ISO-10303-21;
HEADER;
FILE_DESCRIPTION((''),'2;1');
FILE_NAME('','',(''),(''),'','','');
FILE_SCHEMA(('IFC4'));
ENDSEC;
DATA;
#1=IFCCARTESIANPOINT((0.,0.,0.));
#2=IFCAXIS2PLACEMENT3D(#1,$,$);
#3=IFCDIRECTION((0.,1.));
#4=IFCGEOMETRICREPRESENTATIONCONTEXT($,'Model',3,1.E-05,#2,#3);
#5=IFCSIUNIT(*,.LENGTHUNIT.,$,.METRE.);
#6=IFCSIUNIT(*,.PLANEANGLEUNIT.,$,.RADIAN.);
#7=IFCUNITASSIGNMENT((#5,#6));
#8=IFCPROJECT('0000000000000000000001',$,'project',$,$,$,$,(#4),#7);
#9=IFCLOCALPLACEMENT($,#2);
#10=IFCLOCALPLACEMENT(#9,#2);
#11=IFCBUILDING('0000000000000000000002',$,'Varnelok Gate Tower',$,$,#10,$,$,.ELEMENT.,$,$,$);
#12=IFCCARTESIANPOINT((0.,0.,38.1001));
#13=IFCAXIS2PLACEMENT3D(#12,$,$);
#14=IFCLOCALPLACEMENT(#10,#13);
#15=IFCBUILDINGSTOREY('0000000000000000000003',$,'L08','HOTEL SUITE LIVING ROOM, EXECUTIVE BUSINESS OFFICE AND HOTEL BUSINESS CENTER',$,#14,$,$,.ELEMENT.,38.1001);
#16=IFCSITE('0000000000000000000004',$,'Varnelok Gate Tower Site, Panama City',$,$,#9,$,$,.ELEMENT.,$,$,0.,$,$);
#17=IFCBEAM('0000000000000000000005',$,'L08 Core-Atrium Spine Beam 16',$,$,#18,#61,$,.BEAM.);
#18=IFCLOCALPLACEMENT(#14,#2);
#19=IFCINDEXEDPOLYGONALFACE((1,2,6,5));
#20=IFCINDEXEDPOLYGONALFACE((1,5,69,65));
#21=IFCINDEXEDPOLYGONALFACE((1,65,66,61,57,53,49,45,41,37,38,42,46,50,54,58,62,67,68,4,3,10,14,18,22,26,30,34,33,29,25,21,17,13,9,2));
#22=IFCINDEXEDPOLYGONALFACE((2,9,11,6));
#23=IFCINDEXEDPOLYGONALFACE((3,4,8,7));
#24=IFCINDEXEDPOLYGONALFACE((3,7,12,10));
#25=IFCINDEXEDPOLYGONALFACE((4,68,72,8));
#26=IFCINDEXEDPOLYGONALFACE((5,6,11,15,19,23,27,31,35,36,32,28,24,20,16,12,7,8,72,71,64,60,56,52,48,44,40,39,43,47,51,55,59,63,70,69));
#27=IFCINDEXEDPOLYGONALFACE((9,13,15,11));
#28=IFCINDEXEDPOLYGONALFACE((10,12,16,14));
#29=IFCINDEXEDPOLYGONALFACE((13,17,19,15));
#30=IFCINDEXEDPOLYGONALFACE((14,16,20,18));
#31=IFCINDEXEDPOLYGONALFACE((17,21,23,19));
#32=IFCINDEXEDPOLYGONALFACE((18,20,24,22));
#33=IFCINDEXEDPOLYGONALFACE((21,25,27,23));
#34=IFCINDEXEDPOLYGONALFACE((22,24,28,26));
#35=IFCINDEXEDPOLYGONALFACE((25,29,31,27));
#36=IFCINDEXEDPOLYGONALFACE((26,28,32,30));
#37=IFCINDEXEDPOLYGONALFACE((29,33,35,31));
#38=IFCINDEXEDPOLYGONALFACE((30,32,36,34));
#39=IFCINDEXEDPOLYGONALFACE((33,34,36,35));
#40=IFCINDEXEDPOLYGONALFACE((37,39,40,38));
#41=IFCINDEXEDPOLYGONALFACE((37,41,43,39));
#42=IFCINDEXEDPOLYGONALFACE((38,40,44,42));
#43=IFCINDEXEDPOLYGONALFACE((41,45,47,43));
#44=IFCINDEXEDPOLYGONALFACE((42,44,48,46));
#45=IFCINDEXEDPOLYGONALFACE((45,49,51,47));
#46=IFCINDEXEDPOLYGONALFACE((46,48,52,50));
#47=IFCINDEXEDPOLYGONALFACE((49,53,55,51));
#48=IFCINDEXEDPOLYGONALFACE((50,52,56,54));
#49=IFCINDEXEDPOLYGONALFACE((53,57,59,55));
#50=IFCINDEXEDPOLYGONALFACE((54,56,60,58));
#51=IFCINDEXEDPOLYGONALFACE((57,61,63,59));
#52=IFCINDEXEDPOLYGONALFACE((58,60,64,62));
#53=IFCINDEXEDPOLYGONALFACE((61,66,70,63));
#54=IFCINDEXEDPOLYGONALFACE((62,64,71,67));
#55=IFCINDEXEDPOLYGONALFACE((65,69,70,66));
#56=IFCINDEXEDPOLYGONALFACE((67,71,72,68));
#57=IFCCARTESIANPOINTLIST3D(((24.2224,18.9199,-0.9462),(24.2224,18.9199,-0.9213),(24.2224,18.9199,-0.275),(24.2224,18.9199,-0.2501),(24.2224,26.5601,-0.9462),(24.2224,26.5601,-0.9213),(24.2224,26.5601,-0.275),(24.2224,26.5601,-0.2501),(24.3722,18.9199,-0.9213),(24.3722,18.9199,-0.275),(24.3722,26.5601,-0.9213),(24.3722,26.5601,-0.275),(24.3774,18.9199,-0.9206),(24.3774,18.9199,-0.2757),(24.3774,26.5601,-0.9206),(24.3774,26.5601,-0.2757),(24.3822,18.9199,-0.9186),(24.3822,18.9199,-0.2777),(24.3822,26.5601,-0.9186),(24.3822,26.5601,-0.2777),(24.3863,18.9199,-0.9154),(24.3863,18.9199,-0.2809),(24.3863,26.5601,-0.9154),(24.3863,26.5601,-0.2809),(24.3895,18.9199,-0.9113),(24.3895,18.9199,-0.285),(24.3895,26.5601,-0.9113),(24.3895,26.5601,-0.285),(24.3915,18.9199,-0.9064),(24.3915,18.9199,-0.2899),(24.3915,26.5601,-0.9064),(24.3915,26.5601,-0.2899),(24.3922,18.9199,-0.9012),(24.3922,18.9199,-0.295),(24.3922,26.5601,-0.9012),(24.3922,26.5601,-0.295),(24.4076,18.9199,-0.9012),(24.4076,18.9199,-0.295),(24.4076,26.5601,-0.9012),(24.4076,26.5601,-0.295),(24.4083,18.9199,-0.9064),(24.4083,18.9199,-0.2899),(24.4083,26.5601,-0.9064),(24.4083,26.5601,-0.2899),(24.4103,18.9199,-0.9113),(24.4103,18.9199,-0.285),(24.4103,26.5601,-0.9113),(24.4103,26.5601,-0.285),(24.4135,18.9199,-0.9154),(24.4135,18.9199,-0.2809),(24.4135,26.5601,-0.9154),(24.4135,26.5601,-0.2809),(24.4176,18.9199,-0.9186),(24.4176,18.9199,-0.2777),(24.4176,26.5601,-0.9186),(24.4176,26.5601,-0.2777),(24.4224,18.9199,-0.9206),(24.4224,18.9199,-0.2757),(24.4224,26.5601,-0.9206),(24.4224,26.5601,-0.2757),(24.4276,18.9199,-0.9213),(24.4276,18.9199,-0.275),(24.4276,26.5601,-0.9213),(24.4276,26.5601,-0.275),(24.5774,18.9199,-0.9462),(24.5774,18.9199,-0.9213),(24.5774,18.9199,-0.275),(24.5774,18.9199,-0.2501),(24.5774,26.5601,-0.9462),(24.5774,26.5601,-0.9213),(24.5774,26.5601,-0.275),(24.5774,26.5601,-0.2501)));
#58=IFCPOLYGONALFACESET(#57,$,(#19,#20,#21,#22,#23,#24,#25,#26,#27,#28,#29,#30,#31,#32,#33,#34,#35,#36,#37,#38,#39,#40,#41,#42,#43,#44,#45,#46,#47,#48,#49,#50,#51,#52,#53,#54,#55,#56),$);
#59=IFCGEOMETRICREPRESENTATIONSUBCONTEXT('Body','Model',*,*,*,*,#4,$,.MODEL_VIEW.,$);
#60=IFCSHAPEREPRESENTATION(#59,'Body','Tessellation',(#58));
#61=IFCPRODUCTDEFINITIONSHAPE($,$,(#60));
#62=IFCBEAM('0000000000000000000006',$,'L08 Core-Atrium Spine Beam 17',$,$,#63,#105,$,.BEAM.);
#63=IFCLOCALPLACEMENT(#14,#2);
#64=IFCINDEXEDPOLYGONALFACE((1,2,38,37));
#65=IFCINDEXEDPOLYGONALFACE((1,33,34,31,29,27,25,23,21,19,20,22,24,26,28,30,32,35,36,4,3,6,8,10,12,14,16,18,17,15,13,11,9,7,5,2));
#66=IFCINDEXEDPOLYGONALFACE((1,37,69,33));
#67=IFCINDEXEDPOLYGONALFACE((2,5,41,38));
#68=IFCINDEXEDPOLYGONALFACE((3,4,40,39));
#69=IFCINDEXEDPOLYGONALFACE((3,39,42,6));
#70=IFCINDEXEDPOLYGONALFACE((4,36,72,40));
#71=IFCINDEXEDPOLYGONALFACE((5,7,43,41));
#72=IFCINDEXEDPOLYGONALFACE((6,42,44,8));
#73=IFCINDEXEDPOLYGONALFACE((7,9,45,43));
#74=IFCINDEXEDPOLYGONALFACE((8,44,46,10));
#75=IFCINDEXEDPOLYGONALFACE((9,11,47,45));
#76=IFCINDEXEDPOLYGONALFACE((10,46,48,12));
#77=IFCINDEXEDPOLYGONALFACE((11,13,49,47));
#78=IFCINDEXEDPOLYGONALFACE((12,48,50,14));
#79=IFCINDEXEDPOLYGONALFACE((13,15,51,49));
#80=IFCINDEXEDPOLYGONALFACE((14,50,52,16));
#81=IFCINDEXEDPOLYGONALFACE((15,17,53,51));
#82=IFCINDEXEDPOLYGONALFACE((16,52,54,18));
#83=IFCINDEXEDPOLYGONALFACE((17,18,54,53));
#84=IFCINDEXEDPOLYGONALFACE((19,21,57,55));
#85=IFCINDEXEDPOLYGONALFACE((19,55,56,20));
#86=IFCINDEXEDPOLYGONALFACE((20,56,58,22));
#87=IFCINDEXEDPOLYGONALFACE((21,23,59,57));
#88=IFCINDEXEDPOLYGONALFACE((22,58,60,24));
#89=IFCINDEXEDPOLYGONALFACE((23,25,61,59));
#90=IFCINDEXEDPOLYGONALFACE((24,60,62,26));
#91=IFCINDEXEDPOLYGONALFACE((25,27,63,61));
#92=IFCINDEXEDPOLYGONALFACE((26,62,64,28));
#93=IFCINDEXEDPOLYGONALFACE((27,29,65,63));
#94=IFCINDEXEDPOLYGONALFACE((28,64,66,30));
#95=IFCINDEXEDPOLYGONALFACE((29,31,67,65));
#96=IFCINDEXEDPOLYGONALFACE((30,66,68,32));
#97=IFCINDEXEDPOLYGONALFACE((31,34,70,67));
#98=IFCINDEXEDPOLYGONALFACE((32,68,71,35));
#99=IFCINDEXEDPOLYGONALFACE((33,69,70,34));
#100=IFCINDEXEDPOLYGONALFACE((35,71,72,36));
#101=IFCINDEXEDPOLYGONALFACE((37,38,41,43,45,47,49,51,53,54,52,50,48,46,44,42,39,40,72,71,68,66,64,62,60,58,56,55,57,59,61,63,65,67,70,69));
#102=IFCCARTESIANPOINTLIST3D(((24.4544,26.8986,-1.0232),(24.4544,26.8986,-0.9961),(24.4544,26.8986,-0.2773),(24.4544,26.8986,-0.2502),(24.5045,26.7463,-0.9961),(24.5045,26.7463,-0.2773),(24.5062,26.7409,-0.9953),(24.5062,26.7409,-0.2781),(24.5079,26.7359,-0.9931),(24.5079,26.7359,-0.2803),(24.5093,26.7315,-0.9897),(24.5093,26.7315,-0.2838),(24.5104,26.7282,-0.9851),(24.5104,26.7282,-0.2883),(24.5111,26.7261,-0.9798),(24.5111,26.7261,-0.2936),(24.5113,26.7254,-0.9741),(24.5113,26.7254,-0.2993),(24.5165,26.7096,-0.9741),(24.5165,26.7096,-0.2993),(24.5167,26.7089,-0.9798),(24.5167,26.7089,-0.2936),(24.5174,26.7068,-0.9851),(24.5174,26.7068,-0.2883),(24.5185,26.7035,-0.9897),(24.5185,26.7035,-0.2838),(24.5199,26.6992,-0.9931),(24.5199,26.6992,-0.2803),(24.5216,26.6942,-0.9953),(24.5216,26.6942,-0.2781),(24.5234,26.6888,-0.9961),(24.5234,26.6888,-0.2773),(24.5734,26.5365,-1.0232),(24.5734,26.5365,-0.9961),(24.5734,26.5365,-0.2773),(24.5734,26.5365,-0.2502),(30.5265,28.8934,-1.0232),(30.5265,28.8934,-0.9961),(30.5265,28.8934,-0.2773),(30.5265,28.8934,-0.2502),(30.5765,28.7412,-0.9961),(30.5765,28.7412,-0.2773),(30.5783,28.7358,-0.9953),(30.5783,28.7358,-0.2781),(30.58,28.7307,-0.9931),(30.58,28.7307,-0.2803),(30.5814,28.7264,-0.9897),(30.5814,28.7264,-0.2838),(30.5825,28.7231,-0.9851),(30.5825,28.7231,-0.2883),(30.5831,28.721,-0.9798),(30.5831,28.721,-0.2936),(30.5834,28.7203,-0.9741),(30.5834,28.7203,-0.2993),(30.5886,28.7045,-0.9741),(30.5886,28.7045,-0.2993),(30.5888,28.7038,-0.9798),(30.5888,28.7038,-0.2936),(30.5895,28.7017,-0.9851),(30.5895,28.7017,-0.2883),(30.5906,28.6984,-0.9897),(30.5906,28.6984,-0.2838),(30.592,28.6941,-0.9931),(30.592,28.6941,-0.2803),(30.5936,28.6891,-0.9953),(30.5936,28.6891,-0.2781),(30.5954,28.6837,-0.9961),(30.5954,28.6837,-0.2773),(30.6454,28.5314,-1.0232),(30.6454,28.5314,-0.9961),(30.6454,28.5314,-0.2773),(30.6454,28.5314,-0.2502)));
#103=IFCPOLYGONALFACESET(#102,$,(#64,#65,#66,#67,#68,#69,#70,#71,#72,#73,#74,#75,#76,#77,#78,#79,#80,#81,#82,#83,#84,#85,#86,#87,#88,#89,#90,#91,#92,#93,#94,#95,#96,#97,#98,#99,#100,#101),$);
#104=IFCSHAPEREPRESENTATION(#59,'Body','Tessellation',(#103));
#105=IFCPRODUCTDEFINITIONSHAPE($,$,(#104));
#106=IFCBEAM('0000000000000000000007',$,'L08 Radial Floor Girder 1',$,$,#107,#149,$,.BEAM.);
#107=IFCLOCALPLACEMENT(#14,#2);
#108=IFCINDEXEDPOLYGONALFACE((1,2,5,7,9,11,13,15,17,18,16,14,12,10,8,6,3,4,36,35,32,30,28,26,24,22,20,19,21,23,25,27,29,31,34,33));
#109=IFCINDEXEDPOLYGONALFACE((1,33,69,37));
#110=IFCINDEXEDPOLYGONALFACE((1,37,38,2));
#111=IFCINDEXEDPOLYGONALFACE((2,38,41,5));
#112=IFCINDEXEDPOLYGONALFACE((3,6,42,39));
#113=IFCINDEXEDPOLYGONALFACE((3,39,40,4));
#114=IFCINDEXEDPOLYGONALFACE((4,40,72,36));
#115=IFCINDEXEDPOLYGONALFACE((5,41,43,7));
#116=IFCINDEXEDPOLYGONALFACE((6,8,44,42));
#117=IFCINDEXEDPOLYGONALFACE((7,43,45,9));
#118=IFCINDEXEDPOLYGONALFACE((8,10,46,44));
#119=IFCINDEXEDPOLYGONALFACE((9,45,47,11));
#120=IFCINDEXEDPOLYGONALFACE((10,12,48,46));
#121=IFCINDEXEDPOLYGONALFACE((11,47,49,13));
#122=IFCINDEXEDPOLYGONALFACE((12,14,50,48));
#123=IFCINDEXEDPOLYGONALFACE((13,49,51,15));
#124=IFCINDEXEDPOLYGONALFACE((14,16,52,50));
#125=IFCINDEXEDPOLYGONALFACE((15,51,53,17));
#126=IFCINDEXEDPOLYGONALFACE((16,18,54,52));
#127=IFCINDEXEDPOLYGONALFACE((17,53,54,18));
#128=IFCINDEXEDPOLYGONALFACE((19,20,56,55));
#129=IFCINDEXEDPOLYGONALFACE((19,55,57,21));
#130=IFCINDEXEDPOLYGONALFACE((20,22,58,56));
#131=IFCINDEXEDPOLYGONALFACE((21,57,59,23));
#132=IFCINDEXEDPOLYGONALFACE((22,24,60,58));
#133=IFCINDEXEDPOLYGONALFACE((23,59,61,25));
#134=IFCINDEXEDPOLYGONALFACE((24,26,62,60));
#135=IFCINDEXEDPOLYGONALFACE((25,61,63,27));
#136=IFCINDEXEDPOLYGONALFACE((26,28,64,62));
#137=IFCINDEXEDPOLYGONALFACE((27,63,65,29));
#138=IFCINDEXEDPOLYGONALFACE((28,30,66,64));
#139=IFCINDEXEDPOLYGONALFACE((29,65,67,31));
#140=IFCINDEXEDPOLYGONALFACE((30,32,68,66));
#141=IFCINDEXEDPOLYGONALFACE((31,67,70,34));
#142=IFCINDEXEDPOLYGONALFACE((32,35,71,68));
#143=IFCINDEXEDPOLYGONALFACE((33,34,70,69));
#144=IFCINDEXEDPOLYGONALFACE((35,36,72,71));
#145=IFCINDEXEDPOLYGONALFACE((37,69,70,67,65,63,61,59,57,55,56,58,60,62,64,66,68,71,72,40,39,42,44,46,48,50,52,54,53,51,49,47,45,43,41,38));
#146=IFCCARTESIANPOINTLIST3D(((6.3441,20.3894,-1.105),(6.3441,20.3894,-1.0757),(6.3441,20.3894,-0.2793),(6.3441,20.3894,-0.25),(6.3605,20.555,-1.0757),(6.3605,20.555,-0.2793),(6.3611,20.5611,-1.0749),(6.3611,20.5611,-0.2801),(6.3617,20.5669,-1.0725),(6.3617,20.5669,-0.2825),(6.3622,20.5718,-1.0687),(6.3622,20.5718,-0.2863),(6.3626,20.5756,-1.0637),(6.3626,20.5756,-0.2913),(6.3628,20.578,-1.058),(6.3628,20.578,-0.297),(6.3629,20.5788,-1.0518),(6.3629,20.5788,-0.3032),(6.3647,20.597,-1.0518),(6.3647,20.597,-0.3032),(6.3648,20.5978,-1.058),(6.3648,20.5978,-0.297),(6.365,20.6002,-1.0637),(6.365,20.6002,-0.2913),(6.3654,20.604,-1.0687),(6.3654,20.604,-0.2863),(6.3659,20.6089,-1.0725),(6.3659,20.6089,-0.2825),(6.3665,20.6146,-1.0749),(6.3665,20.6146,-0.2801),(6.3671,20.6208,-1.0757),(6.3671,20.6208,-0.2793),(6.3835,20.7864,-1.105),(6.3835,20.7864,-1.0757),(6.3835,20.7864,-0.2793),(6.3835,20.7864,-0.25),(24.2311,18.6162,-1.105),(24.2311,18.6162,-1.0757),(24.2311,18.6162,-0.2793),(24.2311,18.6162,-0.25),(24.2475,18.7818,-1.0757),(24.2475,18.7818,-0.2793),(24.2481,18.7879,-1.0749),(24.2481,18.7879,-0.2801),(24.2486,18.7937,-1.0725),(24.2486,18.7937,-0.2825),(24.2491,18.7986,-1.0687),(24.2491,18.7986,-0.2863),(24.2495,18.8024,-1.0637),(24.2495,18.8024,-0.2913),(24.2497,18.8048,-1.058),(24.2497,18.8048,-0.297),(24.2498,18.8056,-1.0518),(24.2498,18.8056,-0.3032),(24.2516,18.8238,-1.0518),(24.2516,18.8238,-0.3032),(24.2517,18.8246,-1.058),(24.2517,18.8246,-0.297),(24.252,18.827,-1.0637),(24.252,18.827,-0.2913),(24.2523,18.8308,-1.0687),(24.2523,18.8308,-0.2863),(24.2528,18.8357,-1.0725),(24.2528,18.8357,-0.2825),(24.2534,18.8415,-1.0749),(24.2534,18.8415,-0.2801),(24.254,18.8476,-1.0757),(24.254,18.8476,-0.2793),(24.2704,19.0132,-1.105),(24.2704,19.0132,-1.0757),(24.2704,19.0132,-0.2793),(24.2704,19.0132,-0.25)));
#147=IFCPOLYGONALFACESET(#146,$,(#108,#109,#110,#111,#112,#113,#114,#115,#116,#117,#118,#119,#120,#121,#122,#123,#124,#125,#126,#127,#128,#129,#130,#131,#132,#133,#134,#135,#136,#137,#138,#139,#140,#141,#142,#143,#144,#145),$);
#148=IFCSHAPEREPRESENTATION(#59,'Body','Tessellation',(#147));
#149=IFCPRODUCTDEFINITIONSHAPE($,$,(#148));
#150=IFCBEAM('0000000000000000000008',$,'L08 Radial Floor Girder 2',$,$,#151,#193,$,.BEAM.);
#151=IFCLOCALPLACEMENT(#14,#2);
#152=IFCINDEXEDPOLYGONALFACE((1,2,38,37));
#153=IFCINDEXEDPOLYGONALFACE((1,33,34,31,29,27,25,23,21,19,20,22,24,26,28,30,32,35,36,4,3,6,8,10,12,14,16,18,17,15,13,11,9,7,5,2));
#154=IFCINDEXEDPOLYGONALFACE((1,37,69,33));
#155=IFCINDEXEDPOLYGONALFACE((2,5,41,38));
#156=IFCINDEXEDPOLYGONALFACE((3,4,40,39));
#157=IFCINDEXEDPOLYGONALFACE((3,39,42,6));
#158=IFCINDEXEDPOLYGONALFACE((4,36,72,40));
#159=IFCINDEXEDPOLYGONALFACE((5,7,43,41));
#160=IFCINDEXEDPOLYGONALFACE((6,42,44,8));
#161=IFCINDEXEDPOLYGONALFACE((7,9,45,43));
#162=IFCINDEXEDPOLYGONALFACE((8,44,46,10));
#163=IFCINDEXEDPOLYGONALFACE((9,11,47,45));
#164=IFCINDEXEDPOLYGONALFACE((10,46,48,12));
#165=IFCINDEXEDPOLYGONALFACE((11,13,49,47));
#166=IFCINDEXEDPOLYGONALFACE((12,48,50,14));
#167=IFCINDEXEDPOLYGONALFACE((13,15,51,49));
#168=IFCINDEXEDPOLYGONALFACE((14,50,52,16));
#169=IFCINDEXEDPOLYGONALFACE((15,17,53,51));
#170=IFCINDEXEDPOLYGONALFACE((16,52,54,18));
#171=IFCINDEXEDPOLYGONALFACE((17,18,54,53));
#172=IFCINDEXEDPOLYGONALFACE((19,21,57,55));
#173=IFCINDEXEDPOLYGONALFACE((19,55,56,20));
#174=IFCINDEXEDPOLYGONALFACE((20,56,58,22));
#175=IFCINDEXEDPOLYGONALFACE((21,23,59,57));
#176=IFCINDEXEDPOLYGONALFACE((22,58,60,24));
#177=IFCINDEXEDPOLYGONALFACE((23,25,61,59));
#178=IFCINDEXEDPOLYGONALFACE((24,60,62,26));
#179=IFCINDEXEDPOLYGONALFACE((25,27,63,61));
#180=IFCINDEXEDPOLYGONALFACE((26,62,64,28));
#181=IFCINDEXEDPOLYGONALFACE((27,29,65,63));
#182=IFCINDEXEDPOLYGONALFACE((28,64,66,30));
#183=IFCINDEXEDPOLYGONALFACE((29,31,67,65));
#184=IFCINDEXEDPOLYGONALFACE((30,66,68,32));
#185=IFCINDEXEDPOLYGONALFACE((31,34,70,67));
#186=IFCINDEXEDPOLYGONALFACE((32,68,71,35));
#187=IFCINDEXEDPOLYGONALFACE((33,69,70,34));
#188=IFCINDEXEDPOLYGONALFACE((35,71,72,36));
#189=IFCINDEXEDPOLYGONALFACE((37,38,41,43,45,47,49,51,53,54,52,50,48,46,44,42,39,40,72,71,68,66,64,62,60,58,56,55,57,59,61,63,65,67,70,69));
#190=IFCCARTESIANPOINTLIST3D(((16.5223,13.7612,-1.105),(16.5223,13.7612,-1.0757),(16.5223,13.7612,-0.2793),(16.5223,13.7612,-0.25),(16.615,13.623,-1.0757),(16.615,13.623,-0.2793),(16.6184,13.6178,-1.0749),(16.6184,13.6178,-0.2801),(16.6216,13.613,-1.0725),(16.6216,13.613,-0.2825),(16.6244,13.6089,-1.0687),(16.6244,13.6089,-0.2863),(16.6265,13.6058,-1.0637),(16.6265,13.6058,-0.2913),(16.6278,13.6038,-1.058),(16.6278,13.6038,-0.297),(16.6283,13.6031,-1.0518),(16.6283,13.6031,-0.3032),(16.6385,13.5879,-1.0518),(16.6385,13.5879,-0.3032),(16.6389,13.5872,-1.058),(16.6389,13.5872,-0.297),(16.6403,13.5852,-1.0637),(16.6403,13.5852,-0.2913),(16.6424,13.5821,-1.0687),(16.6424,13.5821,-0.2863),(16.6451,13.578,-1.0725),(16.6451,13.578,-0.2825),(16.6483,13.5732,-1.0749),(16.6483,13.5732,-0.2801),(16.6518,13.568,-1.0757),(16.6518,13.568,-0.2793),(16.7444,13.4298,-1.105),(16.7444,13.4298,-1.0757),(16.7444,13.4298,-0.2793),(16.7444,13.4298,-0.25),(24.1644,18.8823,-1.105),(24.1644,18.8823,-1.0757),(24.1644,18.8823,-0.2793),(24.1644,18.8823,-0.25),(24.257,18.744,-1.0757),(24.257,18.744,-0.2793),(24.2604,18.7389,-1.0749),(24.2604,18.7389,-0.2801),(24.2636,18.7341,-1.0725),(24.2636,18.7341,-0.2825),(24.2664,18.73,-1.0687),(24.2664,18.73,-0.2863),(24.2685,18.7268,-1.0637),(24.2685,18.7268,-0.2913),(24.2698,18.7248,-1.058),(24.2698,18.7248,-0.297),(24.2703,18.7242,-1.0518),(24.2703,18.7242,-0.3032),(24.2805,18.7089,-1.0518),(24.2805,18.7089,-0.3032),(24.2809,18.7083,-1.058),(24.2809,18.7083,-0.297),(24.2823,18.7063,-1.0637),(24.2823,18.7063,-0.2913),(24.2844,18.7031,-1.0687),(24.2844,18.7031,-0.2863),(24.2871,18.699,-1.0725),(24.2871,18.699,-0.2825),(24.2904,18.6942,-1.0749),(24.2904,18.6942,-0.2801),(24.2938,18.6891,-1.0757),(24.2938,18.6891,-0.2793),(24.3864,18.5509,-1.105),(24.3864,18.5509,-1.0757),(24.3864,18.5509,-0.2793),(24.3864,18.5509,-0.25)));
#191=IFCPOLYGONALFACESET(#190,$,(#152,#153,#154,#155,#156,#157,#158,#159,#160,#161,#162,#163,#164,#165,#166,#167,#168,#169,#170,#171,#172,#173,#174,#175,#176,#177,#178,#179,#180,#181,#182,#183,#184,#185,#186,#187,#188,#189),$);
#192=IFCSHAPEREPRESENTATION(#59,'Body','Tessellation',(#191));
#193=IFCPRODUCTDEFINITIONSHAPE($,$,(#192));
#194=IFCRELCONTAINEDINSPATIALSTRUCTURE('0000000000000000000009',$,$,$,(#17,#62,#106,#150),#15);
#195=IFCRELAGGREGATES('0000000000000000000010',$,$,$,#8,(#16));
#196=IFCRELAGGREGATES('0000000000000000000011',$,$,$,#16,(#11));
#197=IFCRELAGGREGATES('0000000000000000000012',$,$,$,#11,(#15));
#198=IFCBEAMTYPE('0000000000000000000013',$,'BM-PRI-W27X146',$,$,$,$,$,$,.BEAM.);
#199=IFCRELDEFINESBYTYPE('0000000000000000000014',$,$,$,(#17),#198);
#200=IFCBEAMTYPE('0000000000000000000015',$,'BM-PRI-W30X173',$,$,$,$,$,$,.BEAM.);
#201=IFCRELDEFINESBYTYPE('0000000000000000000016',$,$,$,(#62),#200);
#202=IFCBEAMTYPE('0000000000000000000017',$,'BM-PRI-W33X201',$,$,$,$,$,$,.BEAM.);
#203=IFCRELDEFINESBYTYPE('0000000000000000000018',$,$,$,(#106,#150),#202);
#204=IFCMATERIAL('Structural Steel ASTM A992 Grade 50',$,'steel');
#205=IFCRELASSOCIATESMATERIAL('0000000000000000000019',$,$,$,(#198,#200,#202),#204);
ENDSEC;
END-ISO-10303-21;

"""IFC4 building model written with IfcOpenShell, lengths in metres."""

from ifc_helpers import new_model, si_unit, direction, frame, origin, origin_2d, place, context, subcontext, project, spatial, i_section, extrude, material, material_profile, profile_set, type_object, element, save


model = new_model("IFC4")

# Units and contexts
model_context = context("Model", 3, precision=1e-05, world=origin(), true_north=direction((0.0, 1.0)))
body_context = subcontext(model_context, "Body", "Model", "MODEL_VIEW")
ifc_project = project(units=[si_unit("LENGTHUNIT", "METRE"), si_unit("PLANEANGLEUNIT", "RADIAN")], contexts=[model_context])

# Site, building, storey
site_placement = place(None, origin())
site = spatial("IfcSite", under=ifc_project, at=site_placement, Name="Varnelok Gate Tower Site, Panama City", CompositionType="ELEMENT", RefElevation=0.0)
building_placement = place(site_placement, origin())
building = spatial("IfcBuilding", under=site, at=building_placement, Name="Varnelok Gate Tower", CompositionType="ELEMENT")
storey_placement = place(building_placement, frame((0.0, 0.0, 38.1001)))
storey = spatial("IfcBuildingStorey", under=building, at=storey_placement, Name="L08", Description="HOTEL SUITE LIVING ROOM, EXECUTIVE BUSINESS OFFICE AND HOTEL BUSINESS CENTER", CompositionType="ELEMENT", Elevation=38.1001)

# Shared definitions
ifc_material_1 = material(Name="Structural Steel ASTM A992 Grade 50", Category="steel")

# Beams
ifc_material_profile_1 = material_profile(ifc_material_1, i_section(OverallWidth=0.355, OverallDepth=0.696, WebThickness=0.0154, FlangeThickness=0.0249, FilletRadius=0.02, at=origin_2d()), Name="W27X146")
ifc_profile_set_1 = profile_set([ifc_material_profile_1], Name="Structural Steel ASTM A992 Grade 50")
beam_type_1 = type_object("IfcBeamType", Name="BM-PRI-W27X146", PredefinedType="BEAM", material=ifc_profile_set_1)
beam_1_placement = place(storey_placement, frame((24.3999, 18.9199, -0.5981), z_axis=(0.0, 1.0, 0.0), x_axis=(-1.0, 0.0, 0.0)))
element("IfcBeam", 1, at=beam_1_placement, inside=storey, type_object=beam_type_1, Name="L08 Core-Atrium Spine Beam 16", PredefinedType="BEAM", context=body_context, shape_type="SweptSolid", body=[
    extrude(i_section(OverallWidth=0.355, OverallDepth=0.696, WebThickness=0.0154, FlangeThickness=0.0249, FilletRadius=0.02, at=origin_2d()), origin(), (0.0, 0.0, 1.0), 7.6401),
])
ifc_material_profile_2 = material_profile(ifc_material_1, i_section(OverallWidth=0.3811, OverallDepth=0.7729, WebThickness=0.0166, FlangeThickness=0.0271, FilletRadius=0.022, at=origin_2d()), Name="W30X173")
ifc_profile_set_2 = profile_set([ifc_material_profile_2], Name="Structural Steel ASTM A992 Grade 50")
beam_type_2 = type_object("IfcBeamType", Name="BM-PRI-W30X173", PredefinedType="BEAM", material=ifc_profile_set_2)
beam_2_placement = place(storey_placement, frame((24.5139, 26.7175, -0.6367), z_axis=(0.950042, 0.312122, 0.0), x_axis=(-0.312122, 0.950042, 0.0)))
element("IfcBeam", 2, at=beam_2_placement, inside=storey, type_object=beam_type_2, Name="L08 Core-Atrium Spine Beam 17", PredefinedType="BEAM", context=body_context, shape_type="SweptSolid", body=[
    extrude(i_section(OverallWidth=0.3811, OverallDepth=0.7729, WebThickness=0.0166, FlangeThickness=0.0271, FilletRadius=0.022, at=origin_2d()), origin(), (0.0, 0.0, 1.0), 6.3914),
])
ifc_material_profile_3 = material_profile(ifc_material_1, i_section(OverallWidth=0.3989, OverallDepth=0.855, WebThickness=0.0183, FlangeThickness=0.0293, FilletRadius=0.0239, at=origin_2d()), Name="W33X201")
ifc_profile_set_3 = profile_set([ifc_material_profile_3], Name="Structural Steel ASTM A992 Grade 50")
beam_type_3 = type_object("IfcBeamType", Name="BM-PRI-W33X201", PredefinedType="BEAM", material=ifc_profile_set_3)
beam_3_placement = place(storey_placement, frame((24.2507, 18.8147, -0.6775), z_axis=(-0.995122, 0.09865, 0.0), x_axis=(-0.09865, -0.995122, 0.0)))
element("IfcBeam", 3, at=beam_3_placement, inside=storey, type_object=beam_type_3, Name="L08 Radial Floor Girder 1", PredefinedType="BEAM", context=body_context, shape_type="SweptSolid", body=[
    extrude(i_section(OverallWidth=0.3989, OverallDepth=0.855, WebThickness=0.0183, FlangeThickness=0.0293, FilletRadius=0.0239, at=origin_2d()), origin(), (0.0, 0.0, 1.0), 17.9746),
])
beam_4_placement = place(storey_placement, frame((24.2754, 18.7166, -0.6775), z_axis=(-0.830725, -0.556683, 0.0), x_axis=(0.556683, -0.830725, 0.0)))
element("IfcBeam", 4, at=beam_4_placement, inside=storey, type_object=beam_type_3, Name="L08 Radial Floor Girder 2", PredefinedType="BEAM", context=body_context, shape_type="SweptSolid", body=[
    extrude(i_section(OverallWidth=0.3989, OverallDepth=0.855, WebThickness=0.0183, FlangeThickness=0.0293, FilletRadius=0.0239, at=origin_2d()), origin(), (0.0, 0.0, 1.0), 9.1992),
])

save(model, "model.ifc")
